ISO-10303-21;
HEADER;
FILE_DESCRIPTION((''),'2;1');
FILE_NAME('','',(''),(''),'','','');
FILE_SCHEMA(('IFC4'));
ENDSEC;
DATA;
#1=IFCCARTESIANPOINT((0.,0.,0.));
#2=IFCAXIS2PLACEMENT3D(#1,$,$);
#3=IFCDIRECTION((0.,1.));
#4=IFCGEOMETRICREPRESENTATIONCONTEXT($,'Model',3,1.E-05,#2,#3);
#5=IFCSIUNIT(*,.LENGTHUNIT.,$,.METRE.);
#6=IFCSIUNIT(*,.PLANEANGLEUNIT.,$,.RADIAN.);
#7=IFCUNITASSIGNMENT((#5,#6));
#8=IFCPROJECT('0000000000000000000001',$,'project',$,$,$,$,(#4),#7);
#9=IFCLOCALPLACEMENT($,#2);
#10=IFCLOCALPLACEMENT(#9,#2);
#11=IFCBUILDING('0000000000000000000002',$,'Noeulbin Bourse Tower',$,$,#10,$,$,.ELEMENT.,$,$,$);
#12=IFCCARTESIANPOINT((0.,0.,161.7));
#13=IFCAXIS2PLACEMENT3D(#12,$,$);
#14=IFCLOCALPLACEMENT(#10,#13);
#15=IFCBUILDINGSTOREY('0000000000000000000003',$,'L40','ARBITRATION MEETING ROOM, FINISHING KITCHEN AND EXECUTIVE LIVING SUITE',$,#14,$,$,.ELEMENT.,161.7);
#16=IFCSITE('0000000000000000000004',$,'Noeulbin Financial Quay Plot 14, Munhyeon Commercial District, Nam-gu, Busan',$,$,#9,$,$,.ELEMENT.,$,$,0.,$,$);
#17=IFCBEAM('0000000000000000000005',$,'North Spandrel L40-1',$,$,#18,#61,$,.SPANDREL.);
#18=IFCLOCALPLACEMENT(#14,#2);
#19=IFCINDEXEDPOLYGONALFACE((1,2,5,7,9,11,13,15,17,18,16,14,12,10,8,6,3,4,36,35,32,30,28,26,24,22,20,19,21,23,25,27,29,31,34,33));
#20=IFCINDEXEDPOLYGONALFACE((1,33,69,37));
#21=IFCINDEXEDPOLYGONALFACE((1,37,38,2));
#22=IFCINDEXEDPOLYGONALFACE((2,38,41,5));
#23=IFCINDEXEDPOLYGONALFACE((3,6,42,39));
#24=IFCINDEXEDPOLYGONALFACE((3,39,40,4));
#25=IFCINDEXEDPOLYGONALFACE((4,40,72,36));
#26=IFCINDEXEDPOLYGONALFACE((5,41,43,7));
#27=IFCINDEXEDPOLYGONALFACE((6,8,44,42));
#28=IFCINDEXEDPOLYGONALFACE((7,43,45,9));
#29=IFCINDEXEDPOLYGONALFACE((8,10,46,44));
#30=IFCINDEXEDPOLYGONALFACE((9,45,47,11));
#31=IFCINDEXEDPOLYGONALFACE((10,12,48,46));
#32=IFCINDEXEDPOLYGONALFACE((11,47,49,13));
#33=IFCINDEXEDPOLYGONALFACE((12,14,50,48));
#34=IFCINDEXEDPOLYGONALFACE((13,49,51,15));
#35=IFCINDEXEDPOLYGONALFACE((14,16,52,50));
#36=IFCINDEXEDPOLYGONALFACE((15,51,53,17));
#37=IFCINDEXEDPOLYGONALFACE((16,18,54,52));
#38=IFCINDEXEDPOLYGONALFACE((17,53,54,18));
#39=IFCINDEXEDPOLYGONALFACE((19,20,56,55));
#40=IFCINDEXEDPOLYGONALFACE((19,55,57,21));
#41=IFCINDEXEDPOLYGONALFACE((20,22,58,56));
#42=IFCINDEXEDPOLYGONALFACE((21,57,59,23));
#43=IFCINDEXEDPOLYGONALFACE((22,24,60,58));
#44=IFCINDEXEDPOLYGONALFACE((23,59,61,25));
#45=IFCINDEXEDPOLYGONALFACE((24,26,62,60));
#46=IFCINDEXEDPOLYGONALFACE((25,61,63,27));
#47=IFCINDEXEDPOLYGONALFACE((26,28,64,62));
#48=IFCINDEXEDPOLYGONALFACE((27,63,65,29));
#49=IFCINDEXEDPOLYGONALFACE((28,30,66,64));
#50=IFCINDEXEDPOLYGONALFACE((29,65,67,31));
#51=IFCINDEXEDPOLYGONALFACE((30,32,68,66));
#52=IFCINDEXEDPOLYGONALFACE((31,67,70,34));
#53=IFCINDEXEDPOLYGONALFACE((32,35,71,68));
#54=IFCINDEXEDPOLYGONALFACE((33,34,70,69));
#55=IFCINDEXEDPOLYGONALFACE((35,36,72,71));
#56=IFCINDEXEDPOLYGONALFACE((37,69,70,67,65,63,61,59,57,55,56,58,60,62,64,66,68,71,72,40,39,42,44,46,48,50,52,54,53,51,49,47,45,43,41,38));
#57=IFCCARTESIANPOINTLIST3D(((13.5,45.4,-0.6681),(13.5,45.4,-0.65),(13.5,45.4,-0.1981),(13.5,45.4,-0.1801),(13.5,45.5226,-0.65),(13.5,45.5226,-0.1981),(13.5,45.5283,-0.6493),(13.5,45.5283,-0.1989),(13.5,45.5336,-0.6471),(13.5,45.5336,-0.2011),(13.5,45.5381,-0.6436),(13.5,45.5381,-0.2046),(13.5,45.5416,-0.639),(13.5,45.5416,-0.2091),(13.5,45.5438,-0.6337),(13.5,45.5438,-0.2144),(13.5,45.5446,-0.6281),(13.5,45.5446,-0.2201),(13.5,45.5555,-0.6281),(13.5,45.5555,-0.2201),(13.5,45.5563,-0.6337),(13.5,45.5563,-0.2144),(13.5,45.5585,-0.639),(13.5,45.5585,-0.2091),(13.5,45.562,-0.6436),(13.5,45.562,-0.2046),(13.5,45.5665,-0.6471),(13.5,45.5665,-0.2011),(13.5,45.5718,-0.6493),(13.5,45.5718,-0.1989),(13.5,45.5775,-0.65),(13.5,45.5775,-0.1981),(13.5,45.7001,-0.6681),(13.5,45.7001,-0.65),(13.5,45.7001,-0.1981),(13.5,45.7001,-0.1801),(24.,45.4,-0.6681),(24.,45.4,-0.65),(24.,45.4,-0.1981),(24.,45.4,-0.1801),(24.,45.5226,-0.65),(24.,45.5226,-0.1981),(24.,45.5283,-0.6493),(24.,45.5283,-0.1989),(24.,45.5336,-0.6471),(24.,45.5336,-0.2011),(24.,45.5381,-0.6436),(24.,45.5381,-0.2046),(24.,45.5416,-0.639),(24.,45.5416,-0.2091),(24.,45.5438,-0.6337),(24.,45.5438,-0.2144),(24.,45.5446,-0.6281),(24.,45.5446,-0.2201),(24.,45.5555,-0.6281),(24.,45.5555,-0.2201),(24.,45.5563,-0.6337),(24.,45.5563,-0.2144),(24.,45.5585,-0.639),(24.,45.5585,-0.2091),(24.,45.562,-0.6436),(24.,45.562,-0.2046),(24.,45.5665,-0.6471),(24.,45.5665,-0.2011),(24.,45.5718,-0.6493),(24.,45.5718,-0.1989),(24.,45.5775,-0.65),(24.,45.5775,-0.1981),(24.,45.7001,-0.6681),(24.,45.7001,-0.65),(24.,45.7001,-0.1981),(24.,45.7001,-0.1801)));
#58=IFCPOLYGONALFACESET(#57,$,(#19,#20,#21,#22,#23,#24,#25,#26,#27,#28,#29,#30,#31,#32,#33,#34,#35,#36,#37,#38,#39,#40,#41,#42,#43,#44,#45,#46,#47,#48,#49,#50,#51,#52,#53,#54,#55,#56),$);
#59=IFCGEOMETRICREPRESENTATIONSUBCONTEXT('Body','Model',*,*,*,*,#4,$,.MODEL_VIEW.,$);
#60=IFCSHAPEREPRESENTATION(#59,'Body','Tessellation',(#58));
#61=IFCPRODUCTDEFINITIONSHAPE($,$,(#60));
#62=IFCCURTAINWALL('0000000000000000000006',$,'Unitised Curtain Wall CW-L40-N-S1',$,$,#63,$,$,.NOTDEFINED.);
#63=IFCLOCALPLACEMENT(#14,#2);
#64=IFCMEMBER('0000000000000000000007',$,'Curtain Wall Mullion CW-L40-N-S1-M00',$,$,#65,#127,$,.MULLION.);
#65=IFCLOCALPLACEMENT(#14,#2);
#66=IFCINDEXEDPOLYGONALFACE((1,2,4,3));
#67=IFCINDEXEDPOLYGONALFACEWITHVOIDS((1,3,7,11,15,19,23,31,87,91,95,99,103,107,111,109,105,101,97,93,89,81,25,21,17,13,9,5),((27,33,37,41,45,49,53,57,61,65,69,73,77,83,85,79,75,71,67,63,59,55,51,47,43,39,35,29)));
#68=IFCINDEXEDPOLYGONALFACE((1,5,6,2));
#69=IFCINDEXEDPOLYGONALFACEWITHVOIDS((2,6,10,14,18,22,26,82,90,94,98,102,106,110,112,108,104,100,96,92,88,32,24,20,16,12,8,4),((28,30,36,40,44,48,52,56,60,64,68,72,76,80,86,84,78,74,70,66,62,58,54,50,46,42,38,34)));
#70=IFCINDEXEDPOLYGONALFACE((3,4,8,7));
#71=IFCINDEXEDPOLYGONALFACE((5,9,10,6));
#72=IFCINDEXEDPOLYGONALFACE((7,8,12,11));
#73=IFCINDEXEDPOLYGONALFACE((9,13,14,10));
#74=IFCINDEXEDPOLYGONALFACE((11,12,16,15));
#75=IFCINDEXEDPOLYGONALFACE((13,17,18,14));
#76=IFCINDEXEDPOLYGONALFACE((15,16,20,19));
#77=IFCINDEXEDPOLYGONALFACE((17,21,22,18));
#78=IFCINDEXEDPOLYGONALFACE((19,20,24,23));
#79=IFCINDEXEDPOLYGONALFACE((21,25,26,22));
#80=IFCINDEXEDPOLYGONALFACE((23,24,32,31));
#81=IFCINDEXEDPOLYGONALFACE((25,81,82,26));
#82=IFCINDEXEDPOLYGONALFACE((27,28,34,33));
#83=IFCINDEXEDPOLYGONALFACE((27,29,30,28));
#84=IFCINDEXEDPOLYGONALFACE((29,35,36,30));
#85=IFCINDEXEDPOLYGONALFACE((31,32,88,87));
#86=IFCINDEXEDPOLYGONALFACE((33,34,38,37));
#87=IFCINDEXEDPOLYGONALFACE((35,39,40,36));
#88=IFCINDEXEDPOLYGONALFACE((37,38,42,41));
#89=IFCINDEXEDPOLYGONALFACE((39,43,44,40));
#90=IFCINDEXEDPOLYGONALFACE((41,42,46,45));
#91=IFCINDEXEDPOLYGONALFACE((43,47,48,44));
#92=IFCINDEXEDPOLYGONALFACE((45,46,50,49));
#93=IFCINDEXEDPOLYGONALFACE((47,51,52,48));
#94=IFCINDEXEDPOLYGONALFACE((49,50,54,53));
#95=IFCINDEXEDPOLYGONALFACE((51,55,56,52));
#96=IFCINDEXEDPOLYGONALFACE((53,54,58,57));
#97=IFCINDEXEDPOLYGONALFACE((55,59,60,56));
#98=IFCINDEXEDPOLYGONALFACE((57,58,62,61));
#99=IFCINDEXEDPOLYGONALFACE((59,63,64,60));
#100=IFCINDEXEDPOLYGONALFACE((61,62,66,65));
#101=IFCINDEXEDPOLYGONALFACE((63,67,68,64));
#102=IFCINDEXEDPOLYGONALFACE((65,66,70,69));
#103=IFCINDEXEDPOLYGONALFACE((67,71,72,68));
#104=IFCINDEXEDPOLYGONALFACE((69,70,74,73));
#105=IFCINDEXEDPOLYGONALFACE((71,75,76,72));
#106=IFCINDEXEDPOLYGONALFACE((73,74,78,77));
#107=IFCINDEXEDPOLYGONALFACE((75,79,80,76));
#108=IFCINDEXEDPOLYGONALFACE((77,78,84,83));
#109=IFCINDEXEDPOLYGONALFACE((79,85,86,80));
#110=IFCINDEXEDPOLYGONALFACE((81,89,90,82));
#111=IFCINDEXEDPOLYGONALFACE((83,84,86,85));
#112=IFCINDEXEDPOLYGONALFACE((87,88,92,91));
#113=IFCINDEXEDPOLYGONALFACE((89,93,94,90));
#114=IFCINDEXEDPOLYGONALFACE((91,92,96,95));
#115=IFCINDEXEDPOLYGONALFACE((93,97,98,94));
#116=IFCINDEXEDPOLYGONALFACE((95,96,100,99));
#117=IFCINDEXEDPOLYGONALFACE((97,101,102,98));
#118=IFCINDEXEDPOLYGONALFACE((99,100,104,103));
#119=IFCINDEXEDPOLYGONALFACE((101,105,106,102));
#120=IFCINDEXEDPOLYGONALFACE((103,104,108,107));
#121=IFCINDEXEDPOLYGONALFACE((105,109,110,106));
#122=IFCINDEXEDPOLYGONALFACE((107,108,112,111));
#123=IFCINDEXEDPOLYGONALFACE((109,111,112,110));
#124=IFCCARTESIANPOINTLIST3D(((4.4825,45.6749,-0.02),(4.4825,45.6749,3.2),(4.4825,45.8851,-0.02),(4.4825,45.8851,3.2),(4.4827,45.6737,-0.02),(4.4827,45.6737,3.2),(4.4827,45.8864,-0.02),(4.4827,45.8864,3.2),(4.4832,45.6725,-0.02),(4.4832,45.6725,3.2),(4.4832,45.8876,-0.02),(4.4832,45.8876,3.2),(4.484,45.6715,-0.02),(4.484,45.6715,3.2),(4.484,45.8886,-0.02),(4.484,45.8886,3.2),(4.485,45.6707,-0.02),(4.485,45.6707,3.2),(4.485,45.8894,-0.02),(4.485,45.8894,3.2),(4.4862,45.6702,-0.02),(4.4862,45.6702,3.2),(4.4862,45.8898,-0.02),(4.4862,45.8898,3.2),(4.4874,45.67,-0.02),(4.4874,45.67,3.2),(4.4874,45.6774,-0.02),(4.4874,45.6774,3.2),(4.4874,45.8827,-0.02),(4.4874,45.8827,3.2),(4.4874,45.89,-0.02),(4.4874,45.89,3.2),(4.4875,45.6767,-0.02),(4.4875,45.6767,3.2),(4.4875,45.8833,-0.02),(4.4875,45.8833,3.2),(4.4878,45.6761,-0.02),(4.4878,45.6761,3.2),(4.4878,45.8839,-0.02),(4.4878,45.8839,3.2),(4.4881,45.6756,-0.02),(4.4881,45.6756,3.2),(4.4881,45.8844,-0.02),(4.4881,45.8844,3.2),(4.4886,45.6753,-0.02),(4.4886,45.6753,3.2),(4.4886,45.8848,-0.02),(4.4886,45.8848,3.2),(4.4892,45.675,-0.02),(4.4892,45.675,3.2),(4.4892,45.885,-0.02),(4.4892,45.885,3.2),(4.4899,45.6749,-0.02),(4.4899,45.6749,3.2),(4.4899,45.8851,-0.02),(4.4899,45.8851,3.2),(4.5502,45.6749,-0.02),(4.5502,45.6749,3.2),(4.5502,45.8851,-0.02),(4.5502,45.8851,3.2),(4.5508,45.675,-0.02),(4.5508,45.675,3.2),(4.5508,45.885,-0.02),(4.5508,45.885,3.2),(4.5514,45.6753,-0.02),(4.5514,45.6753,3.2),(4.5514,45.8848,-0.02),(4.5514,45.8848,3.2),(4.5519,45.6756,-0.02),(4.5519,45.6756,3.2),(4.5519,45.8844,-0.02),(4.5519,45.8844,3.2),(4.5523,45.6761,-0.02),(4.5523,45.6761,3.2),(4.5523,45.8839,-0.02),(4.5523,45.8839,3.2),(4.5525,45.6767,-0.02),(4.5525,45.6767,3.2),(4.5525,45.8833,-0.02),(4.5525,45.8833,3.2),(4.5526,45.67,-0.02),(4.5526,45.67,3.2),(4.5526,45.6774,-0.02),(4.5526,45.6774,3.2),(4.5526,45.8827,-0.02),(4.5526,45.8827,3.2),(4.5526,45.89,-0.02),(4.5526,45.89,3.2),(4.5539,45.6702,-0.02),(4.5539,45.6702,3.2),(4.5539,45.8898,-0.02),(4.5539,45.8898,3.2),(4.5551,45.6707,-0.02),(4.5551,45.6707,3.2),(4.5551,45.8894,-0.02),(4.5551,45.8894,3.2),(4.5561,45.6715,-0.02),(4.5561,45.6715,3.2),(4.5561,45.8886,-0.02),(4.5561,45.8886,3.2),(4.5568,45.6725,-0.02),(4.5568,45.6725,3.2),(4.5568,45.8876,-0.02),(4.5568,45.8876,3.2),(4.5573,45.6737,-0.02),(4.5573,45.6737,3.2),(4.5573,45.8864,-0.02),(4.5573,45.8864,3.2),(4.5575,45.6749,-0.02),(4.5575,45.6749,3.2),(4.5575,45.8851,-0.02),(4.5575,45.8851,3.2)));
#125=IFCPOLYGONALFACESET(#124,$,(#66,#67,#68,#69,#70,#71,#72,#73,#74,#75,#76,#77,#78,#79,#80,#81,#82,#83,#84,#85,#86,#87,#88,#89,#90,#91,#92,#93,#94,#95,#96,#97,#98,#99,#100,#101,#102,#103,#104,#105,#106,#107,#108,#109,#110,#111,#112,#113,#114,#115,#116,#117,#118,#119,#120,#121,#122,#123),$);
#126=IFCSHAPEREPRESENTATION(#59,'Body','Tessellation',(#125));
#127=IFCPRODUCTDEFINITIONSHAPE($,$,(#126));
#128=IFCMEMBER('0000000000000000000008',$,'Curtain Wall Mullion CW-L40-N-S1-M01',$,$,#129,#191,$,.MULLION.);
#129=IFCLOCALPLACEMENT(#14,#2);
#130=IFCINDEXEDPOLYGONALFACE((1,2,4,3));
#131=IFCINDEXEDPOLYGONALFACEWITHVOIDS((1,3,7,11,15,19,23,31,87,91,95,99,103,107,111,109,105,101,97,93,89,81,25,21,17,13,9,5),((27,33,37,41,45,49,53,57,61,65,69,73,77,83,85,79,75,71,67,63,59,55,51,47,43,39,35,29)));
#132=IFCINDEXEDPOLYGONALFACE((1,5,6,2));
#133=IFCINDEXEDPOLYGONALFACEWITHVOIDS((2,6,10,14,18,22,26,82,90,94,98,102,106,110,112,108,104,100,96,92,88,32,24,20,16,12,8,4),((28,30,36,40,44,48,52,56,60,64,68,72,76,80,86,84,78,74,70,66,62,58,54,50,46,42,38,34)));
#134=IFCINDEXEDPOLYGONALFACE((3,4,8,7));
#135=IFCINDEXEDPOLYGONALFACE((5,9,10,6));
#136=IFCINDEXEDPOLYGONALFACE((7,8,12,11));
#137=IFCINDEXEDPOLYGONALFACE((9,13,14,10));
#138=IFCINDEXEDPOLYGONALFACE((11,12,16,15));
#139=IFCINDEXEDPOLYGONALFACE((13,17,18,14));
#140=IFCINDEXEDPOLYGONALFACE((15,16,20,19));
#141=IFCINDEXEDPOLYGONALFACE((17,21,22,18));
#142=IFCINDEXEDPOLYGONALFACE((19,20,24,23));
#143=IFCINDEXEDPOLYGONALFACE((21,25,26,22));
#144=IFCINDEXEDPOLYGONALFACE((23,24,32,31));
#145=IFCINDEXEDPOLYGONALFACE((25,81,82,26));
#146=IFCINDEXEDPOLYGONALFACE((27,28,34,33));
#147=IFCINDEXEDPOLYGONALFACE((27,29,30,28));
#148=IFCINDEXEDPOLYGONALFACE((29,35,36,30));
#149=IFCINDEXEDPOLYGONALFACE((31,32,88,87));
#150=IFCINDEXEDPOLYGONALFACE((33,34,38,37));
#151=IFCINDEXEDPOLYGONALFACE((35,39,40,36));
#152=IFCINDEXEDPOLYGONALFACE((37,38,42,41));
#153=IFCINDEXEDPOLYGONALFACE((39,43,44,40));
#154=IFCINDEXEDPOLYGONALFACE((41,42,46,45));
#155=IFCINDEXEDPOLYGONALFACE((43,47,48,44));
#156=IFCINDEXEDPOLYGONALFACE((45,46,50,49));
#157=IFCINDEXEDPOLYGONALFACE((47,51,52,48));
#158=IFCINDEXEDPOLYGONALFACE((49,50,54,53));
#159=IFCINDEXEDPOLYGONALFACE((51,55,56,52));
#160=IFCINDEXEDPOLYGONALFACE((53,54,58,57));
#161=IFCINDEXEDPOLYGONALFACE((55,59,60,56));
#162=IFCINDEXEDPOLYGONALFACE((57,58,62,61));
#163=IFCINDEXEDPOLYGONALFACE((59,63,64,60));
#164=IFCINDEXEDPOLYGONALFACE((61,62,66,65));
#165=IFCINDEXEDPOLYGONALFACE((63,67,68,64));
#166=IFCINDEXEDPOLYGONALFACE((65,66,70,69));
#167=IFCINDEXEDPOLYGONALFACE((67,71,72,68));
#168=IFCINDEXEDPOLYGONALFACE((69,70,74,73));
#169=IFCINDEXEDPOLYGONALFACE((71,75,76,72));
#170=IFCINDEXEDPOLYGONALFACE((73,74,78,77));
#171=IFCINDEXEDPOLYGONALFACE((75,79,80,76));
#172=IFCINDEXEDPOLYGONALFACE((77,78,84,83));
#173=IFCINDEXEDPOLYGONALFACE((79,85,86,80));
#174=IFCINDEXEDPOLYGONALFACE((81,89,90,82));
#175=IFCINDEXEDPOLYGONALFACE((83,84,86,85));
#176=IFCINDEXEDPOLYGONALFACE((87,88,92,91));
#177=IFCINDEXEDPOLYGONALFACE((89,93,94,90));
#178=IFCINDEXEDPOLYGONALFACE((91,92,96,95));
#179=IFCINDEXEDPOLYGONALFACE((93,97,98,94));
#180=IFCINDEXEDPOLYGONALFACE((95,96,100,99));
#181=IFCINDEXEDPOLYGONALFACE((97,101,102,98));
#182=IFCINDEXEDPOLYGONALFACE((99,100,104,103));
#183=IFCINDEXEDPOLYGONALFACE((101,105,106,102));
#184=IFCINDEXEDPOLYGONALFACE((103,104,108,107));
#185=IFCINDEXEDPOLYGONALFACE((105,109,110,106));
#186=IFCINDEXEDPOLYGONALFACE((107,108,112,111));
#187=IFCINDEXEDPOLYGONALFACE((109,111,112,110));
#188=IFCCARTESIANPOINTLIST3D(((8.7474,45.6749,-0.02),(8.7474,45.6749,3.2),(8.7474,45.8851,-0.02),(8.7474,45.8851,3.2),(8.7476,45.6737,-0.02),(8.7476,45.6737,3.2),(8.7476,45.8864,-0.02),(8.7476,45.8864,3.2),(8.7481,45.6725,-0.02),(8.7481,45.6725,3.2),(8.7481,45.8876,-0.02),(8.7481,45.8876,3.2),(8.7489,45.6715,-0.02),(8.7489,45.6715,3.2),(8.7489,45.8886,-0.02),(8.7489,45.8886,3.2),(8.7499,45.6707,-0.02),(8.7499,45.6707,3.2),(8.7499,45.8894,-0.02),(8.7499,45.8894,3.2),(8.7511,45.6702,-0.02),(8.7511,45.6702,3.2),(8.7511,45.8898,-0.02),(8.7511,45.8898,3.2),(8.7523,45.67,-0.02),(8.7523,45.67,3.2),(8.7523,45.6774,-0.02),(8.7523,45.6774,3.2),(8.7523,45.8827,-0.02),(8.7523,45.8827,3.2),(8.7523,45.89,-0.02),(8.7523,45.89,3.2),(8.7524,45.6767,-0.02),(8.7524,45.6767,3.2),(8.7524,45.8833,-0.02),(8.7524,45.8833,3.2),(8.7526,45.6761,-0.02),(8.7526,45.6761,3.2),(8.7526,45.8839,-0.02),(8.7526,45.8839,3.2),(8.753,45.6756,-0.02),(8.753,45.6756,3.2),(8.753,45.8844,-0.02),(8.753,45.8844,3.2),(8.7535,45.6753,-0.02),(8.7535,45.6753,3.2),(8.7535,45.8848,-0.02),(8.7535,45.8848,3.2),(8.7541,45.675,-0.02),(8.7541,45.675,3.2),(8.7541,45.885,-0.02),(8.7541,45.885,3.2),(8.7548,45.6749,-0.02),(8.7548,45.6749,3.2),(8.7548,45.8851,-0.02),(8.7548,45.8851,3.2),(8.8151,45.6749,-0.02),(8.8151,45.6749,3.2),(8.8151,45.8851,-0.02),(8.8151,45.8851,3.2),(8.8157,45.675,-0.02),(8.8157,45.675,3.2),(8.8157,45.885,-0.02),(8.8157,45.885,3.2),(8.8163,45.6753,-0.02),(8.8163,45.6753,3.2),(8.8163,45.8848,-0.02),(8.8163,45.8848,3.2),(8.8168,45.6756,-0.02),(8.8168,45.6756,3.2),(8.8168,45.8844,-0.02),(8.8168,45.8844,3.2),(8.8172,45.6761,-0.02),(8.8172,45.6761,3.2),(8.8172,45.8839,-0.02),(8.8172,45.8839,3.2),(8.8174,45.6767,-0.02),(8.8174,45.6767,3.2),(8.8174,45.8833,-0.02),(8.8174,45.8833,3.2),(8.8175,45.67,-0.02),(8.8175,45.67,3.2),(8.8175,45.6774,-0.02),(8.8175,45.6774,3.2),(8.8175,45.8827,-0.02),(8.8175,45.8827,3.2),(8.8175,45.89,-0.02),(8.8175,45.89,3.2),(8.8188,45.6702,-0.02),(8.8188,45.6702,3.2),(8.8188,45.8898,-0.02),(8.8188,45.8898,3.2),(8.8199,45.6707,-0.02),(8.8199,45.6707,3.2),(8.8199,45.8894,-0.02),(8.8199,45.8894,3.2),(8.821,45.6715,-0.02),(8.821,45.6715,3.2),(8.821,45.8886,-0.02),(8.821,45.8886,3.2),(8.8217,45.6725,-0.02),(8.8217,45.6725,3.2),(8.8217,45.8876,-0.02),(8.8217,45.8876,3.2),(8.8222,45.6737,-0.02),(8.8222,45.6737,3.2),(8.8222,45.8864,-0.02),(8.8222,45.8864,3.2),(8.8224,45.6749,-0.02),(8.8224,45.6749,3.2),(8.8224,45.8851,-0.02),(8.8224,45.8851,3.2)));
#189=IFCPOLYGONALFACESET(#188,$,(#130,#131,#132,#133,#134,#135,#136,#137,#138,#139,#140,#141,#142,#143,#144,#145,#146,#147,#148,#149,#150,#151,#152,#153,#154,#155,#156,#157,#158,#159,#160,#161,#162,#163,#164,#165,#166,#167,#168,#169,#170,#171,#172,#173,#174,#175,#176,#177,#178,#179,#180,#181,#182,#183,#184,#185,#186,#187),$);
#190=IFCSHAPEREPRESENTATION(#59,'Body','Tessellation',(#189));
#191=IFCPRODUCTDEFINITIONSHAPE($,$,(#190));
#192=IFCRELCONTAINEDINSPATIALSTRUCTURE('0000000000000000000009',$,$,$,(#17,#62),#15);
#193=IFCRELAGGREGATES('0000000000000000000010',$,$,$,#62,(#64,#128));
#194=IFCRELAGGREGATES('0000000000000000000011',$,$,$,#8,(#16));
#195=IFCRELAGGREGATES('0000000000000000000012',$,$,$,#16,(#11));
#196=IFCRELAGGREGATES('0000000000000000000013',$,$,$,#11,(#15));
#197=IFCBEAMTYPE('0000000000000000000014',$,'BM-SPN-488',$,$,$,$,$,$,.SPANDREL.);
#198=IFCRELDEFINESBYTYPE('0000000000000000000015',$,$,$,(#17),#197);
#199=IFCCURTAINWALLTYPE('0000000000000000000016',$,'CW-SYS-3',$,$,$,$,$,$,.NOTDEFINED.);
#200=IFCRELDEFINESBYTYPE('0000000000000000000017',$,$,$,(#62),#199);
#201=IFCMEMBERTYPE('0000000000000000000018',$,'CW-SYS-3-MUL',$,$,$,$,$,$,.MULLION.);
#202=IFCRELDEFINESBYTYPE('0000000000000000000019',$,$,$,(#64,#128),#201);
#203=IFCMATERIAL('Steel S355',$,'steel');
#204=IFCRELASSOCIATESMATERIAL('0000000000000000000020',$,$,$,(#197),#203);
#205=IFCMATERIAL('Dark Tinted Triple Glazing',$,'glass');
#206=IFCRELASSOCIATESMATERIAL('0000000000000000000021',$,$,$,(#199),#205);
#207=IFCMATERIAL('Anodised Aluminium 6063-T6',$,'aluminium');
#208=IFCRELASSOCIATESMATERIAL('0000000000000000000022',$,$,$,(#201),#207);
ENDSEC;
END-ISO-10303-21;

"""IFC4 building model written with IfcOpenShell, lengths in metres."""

from ifc_helpers import new_model, si_unit, direction, frame, origin, origin_2d, place, context, subcontext, project, spatial, hollow_rectangle, i_section, extrude, material, material_profile, profile_set, type_object, element, aggregate, save


model = new_model("IFC4")

# Units and contexts
model_context = context("Model", 3, precision=1e-05, world=origin(), true_north=direction((0.0, 1.0)))
body_context = subcontext(model_context, "Body", "Model", "MODEL_VIEW")
ifc_project = project(units=[si_unit("LENGTHUNIT", "METRE"), si_unit("PLANEANGLEUNIT", "RADIAN")], contexts=[model_context])

# Site, building, storey
site_placement = place(None, origin())
site = spatial("IfcSite", under=ifc_project, at=site_placement, Name="Noeulbin Financial Quay Plot 14, Munhyeon Commercial District, Nam-gu, Busan", CompositionType="ELEMENT", RefElevation=0.0)
building_placement = place(site_placement, origin())
building = spatial("IfcBuilding", under=site, at=building_placement, Name="Noeulbin Bourse Tower", CompositionType="ELEMENT")
storey_placement = place(building_placement, frame((0.0, 0.0, 161.7)))
storey = spatial("IfcBuildingStorey", under=building, at=storey_placement, Name="L40", Description="ARBITRATION MEETING ROOM, FINISHING KITCHEN AND EXECUTIVE LIVING SUITE", CompositionType="ELEMENT", Elevation=161.7)

# Shared definitions
ifc_material_1 = material(Name="Steel S355", Category="steel")

# Beam
ifc_material_profile_1 = material_profile(ifc_material_1, i_section(OverallWidth=0.3, OverallDepth=0.488, WebThickness=0.011, FlangeThickness=0.0181, FilletRadius=0.022, at=origin_2d()), Name="H-488x300x11x18", Category="LoadBearing")
ifc_profile_set_1 = profile_set([ifc_material_profile_1], Name="Steel S355")
beam_type_1 = type_object("IfcBeamType", Name="BM-SPN-488", PredefinedType="SPANDREL", material=ifc_profile_set_1)
beam_1_placement = place(storey_placement, frame((13.5, 45.55, -0.4241), z_axis=(1.0, 0.0, 0.0), x_axis=(0.0, 1.0, 0.0)))
element("IfcBeam", 1, at=beam_1_placement, inside=storey, type_object=beam_type_1, Name="North Spandrel L40-1", PredefinedType="SPANDREL", context=body_context, shape_type="SweptSolid", body=[
    extrude(i_section(OverallWidth=0.3, OverallDepth=0.488, WebThickness=0.011, FlangeThickness=0.0181, FilletRadius=0.022, at=origin_2d()), origin(), (0.0, 0.0, 1.0), 10.5),
])

# Curtain wall, members
ifc_material_2 = material(Name="Dark Tinted Triple Glazing", Category="glass")
curtain_wall_type = type_object("IfcCurtainWallType", Name="CW-SYS-3", PredefinedType="NOTDEFINED", material=ifc_material_2)
curtain_wall_1_placement = place(storey_placement, origin())
curtain_wall_1 = element("IfcCurtainWall", 2, at=curtain_wall_1_placement, inside=storey, type_object=curtain_wall_type, Name="Unitised Curtain Wall CW-L40-N-S1", PredefinedType="NOTDEFINED")
ifc_material_3 = material(Name="Anodised Aluminium 6063-T6", Category="aluminium")
ifc_material_profile_2 = material_profile(ifc_material_3, hollow_rectangle(XDim=0.075, YDim=0.22, WallThickness=0.0049, InnerFilletRadius=0.0024, OuterFilletRadius=0.0049, at=origin_2d()), Name="ALU-MULL-75x220x5", Category="LoadBearing")
ifc_profile_set_2 = profile_set([ifc_material_profile_2], Name="Anodised Aluminium 6063-T6")
member_type_1 = type_object("IfcMemberType", Name="CW-SYS-3-MUL", PredefinedType="MULLION", material=ifc_profile_set_2)
member_1_placement = place(storey_placement, frame((4.52, 45.78, -0.02), z_axis=(0.0, 0.0, 1.0), x_axis=(1.0, 0.0, 0.0)))
member_1 = element("IfcMember", 3, at=member_1_placement, type_object=member_type_1, Name="Curtain Wall Mullion CW-L40-N-S1-M00", PredefinedType="MULLION", context=body_context, shape_type="SweptSolid", body=[
    extrude(hollow_rectangle(XDim=0.075, YDim=0.22, WallThickness=0.0049, InnerFilletRadius=0.0024, OuterFilletRadius=0.0049, at=origin_2d()), origin(), (0.0, 0.0, 1.0), 3.22),
])
member_2_placement = place(storey_placement, frame((8.7849, 45.78, -0.02), z_axis=(0.0, 0.0, 1.0), x_axis=(1.0, 0.0, 0.0)))
member_2 = element("IfcMember", 4, at=member_2_placement, type_object=member_type_1, Name="Curtain Wall Mullion CW-L40-N-S1-M01", PredefinedType="MULLION", context=body_context, shape_type="SweptSolid", body=[
    extrude(hollow_rectangle(XDim=0.075, YDim=0.22, WallThickness=0.0049, InnerFilletRadius=0.0024, OuterFilletRadius=0.0049, at=origin_2d()), origin(), (0.0, 0.0, 1.0), 3.22),
])

aggregate(curtain_wall_1, [member_1, member_2])

save(model, "model.ifc")
